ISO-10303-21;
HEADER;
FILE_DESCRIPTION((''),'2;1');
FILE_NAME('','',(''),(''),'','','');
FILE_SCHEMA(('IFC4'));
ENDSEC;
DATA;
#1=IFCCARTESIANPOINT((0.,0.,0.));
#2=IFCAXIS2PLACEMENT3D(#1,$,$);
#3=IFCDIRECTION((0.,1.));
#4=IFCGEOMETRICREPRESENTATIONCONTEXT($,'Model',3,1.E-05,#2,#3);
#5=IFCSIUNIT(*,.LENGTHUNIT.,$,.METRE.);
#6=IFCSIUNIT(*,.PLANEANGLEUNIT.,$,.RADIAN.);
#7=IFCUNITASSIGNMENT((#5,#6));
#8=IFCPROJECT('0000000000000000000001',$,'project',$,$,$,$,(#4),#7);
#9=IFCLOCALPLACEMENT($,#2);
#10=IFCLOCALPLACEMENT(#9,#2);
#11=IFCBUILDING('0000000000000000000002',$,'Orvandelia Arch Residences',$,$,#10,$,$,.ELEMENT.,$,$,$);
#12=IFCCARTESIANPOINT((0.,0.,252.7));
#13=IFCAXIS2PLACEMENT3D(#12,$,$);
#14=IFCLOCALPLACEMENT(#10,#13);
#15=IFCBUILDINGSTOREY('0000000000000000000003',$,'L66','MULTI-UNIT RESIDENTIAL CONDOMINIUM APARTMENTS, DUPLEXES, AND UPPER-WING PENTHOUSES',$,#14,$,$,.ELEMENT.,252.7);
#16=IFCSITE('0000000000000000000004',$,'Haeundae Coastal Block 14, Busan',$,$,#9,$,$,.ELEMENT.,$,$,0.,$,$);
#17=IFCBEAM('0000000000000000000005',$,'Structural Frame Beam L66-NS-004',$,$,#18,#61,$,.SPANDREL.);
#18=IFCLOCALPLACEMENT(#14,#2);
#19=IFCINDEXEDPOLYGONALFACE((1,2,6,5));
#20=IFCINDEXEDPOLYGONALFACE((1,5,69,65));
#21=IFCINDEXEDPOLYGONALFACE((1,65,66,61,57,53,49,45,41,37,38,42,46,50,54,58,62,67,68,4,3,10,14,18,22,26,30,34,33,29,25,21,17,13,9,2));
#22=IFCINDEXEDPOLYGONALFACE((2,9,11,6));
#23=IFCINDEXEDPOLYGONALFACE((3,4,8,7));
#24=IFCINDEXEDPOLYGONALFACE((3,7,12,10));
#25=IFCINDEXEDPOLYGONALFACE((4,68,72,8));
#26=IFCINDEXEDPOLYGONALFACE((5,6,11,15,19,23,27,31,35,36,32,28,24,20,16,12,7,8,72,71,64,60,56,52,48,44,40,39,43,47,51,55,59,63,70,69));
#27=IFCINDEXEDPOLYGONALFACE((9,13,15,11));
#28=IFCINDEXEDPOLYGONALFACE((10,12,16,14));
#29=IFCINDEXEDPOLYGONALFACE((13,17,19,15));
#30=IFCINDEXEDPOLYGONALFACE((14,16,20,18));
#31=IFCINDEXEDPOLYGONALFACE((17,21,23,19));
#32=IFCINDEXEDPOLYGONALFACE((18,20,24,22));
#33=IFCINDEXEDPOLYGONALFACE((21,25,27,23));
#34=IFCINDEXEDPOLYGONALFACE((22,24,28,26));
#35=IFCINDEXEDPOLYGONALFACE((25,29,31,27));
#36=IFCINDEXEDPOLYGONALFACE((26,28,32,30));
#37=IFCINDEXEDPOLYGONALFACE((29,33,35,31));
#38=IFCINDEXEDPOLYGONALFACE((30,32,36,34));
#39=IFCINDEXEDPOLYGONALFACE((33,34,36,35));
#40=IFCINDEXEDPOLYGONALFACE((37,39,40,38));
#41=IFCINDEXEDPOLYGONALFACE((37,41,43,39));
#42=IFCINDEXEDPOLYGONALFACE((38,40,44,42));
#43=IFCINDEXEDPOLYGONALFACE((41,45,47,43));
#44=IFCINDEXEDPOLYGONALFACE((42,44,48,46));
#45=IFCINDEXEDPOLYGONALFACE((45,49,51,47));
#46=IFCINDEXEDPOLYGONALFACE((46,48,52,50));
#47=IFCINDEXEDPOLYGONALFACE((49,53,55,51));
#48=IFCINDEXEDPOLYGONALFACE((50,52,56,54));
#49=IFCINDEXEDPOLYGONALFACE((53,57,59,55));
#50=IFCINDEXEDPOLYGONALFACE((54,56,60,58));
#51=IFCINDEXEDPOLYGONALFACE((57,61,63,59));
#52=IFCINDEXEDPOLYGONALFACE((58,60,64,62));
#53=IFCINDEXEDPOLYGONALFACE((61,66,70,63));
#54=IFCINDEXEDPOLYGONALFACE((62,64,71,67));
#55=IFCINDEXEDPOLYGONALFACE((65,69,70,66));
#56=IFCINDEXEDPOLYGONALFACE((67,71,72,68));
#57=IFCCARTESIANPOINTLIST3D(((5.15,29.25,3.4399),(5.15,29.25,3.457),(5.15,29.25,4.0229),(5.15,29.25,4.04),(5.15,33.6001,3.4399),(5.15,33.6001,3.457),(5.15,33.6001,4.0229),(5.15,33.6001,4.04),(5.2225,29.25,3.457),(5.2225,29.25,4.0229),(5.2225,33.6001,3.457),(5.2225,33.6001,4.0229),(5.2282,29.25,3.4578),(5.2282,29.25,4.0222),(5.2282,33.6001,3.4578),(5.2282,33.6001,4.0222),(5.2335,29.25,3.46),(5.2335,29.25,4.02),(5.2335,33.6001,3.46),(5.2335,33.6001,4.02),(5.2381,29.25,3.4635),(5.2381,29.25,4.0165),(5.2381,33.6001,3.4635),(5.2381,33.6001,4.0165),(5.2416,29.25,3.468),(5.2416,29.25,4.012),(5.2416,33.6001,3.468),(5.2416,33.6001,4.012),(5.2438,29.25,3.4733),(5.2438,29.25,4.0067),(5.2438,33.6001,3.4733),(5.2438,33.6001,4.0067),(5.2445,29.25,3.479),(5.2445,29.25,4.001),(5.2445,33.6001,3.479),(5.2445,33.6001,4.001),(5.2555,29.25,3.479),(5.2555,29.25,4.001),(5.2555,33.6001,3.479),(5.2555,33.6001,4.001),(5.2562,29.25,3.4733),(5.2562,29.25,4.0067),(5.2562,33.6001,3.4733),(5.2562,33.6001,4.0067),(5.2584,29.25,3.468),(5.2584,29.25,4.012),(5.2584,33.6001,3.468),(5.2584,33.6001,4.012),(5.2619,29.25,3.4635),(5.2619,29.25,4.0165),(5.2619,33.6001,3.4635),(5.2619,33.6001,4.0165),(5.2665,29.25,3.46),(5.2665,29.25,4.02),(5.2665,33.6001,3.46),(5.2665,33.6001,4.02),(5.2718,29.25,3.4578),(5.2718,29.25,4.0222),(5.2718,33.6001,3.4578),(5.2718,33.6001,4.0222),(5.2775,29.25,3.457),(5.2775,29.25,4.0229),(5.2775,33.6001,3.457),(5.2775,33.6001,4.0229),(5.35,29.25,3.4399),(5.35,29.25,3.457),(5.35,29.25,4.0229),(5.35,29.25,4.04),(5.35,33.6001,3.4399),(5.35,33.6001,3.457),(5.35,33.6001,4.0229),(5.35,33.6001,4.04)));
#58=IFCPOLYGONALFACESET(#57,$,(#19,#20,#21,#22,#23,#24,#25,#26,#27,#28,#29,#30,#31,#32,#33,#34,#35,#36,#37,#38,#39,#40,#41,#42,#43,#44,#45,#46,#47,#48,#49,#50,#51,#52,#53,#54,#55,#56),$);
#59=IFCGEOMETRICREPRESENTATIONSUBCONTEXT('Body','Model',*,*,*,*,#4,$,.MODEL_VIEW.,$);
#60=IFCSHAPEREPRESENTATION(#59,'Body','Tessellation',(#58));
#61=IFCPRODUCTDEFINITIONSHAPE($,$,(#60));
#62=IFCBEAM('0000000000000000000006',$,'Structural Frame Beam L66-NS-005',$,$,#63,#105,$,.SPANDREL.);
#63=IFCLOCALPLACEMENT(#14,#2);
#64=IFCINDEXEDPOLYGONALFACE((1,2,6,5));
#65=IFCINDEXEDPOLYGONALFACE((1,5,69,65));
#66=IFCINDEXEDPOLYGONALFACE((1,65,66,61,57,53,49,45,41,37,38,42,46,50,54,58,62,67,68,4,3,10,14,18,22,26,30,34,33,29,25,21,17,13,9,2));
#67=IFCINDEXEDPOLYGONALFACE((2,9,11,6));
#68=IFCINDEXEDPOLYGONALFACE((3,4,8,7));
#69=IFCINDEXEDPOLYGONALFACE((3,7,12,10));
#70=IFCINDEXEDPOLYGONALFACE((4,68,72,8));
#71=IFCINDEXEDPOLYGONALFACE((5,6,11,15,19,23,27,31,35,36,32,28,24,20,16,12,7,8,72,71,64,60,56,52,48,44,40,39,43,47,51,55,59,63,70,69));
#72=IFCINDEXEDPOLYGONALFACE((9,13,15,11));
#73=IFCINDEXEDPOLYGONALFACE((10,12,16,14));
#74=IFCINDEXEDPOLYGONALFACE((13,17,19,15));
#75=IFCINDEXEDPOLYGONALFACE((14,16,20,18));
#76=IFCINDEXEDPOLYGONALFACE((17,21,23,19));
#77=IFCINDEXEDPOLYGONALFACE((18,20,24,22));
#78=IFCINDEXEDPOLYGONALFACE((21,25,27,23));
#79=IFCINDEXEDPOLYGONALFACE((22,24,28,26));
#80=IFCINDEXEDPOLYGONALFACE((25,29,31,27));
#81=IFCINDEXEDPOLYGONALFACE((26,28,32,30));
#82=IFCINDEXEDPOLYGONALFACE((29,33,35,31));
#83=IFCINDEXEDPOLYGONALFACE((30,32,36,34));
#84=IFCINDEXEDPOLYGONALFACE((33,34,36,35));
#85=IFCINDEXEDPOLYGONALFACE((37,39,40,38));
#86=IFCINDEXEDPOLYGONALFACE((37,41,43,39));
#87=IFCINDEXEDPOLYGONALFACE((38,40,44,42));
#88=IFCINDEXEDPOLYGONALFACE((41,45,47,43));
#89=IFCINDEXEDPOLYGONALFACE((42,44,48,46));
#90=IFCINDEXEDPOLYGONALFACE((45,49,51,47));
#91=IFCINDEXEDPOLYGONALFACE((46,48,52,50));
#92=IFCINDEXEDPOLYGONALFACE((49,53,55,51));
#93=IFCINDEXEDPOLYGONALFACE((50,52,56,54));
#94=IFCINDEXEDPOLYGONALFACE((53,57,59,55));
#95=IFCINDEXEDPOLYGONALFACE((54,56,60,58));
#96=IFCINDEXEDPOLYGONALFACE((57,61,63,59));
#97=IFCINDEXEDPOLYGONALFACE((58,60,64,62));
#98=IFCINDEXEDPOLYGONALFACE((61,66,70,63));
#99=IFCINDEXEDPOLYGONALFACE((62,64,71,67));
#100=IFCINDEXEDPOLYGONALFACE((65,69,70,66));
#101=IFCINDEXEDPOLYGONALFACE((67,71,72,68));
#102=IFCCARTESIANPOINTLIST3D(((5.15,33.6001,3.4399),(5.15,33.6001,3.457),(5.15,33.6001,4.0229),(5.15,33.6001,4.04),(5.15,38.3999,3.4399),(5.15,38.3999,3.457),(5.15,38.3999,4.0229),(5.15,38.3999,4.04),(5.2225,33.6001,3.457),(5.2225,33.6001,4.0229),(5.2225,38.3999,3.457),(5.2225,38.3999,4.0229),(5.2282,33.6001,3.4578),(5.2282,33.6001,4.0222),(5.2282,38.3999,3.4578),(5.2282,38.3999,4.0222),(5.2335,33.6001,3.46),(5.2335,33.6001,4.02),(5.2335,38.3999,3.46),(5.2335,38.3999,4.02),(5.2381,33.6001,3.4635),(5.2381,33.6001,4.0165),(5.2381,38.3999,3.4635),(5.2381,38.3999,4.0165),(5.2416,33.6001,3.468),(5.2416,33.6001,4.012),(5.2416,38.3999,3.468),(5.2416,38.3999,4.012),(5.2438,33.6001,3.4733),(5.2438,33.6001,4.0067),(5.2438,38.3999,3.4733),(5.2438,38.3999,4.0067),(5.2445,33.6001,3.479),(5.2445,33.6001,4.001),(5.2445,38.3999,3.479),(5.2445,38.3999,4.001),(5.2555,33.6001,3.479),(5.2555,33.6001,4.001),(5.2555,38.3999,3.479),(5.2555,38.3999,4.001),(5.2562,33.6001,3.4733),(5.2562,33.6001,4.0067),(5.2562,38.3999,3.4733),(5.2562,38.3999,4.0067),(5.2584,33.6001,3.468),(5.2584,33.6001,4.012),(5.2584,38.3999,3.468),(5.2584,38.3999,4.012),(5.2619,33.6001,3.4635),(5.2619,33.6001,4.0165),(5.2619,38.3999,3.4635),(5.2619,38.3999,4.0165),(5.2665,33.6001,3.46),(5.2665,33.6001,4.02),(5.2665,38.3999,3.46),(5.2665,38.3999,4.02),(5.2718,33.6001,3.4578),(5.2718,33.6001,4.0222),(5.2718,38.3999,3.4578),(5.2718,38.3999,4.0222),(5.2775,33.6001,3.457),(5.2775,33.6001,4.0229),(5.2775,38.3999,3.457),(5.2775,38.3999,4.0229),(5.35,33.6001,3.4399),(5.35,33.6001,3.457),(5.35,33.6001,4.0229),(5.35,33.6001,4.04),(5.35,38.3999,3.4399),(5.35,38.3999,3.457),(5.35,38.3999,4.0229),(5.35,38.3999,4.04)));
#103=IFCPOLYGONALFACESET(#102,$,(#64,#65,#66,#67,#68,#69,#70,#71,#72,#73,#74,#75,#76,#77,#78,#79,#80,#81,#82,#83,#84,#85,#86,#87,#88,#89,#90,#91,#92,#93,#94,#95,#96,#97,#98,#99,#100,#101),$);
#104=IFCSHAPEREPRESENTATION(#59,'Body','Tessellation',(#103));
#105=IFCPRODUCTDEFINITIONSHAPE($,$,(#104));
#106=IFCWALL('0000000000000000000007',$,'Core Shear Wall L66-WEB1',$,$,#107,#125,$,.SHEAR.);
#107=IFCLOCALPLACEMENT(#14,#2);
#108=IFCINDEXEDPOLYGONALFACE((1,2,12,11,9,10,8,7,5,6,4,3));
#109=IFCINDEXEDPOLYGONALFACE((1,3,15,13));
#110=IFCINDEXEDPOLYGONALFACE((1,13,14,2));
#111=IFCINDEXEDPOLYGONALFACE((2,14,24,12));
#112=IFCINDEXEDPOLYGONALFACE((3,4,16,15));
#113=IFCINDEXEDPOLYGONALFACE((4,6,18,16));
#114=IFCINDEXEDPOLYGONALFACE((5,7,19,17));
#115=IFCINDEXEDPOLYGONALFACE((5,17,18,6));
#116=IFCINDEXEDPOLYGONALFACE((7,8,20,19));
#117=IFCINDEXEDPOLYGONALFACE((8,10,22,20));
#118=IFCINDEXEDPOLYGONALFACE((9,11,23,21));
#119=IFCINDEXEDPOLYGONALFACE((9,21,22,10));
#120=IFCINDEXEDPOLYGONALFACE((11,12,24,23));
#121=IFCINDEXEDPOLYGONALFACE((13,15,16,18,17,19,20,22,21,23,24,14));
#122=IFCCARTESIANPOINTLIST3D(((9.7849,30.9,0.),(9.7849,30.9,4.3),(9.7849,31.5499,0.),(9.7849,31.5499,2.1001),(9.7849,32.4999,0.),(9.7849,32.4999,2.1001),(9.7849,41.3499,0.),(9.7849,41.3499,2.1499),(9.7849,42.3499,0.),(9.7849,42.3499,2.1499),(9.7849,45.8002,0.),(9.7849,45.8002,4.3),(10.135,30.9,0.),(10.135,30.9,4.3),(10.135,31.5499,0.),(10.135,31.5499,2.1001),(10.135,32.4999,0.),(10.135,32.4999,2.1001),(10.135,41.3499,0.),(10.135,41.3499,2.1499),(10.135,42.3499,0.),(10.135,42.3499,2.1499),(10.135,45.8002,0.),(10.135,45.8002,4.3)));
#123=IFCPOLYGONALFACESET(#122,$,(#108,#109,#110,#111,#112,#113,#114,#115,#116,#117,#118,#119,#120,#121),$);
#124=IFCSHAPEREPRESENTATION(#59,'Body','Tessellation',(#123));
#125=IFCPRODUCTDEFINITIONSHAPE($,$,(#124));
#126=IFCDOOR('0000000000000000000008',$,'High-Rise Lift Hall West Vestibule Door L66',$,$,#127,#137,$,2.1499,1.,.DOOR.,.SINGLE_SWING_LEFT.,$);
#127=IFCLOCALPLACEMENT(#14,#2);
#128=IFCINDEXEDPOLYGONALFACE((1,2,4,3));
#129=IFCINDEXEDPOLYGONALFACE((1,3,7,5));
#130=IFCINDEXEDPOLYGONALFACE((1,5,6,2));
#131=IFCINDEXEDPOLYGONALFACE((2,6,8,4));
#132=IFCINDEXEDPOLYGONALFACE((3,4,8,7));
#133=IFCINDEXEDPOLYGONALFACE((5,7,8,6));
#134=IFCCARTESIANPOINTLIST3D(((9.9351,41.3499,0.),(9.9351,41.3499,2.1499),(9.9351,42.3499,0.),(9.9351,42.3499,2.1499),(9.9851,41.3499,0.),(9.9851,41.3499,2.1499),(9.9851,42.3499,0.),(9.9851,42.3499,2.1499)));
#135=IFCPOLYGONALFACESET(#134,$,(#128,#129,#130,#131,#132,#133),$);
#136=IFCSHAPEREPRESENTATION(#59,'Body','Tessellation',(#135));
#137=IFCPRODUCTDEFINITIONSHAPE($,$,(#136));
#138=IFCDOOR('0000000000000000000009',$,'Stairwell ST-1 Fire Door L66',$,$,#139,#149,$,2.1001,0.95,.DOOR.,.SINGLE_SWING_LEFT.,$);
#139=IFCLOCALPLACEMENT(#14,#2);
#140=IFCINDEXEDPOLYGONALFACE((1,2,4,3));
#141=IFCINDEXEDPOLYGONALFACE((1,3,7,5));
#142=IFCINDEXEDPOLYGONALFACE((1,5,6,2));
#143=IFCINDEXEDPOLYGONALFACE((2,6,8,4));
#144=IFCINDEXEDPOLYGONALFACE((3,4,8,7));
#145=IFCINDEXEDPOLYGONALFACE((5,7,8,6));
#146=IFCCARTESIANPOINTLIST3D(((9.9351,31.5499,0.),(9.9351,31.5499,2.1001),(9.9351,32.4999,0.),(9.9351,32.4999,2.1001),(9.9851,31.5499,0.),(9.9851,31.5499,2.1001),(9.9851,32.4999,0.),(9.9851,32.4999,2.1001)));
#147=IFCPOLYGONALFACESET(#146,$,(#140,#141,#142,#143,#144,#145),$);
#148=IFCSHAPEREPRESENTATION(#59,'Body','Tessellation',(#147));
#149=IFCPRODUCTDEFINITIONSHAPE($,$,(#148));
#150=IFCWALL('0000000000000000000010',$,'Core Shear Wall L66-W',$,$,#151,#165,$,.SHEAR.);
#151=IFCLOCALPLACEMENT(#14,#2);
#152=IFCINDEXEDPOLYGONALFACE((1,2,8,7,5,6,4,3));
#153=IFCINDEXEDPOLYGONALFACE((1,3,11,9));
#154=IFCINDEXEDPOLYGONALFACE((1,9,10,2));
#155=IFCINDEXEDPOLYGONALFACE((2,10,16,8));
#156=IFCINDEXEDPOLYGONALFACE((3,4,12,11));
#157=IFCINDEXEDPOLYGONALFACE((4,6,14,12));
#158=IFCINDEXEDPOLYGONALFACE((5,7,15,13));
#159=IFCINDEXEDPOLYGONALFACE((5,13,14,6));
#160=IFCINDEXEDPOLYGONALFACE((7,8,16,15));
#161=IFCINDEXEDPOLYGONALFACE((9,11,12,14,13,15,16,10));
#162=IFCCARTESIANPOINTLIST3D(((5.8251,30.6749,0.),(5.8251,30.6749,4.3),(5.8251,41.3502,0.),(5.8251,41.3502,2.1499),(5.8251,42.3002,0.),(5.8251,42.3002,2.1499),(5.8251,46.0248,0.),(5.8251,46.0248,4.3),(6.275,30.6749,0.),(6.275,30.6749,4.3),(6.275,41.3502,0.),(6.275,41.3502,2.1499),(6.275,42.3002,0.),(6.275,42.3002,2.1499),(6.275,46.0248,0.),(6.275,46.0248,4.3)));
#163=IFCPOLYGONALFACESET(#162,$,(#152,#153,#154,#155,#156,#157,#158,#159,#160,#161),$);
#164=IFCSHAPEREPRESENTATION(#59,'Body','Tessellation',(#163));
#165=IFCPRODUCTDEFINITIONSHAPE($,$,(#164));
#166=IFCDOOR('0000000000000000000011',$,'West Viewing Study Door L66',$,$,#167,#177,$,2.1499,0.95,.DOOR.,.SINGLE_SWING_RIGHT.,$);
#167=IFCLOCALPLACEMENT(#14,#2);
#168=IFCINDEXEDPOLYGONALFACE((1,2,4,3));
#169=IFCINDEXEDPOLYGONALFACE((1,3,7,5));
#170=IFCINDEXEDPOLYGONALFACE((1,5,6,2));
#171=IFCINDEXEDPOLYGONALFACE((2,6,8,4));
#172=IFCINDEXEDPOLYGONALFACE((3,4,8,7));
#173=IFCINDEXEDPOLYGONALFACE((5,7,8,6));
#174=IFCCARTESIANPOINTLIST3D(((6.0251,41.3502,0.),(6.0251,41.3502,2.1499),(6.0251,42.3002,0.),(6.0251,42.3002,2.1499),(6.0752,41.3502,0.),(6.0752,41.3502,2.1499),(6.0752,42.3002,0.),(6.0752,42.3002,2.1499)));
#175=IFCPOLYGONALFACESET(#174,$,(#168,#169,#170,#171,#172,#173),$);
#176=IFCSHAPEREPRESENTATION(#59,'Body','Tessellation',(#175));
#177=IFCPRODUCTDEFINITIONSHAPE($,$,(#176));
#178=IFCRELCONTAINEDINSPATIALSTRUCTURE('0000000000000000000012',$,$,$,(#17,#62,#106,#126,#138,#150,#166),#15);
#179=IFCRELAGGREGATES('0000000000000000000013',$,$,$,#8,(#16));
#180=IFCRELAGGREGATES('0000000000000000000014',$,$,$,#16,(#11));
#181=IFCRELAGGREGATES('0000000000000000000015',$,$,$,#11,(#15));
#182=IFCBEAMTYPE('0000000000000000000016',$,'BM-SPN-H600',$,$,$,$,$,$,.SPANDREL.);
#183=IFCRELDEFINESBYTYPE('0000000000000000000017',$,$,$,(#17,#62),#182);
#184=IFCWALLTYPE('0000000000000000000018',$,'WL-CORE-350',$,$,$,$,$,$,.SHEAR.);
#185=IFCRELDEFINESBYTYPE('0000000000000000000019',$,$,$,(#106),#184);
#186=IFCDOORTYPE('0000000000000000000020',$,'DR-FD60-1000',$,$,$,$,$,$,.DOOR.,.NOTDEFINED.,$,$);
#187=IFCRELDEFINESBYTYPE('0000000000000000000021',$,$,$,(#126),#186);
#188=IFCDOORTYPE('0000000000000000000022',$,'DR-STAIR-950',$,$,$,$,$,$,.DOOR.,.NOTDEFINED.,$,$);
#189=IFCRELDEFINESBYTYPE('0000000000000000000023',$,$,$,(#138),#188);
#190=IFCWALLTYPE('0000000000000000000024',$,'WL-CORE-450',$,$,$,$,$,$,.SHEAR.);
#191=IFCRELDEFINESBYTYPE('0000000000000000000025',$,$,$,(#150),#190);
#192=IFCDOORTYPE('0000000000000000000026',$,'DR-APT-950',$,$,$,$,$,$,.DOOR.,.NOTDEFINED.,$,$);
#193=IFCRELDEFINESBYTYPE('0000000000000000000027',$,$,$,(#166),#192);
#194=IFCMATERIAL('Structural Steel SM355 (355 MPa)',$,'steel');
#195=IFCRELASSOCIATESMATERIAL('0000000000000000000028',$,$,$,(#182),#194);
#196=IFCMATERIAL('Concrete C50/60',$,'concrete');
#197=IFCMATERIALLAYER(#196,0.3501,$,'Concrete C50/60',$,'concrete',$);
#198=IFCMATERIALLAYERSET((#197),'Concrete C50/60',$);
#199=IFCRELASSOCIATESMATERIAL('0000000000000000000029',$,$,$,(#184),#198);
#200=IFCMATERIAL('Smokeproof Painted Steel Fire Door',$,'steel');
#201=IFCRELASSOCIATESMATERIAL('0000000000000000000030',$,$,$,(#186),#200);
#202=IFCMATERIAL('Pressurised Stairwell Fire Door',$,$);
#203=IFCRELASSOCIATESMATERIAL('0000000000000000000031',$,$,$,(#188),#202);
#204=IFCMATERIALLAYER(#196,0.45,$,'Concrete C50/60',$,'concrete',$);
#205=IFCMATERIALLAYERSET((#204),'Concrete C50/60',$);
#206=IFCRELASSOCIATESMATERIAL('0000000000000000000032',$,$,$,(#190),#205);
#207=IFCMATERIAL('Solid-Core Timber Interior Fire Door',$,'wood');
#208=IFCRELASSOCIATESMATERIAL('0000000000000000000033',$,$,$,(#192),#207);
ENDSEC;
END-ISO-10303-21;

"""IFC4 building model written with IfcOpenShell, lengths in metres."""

from ifc_helpers import new_model, si_unit, direction, frame, frame_2d, origin, origin_2d, place, context, subcontext, project, spatial, rectangle, i_section, extrude, material, layer, layer_set, material_profile, profile_set, type_object, element, fill, save


model = new_model("IFC4")

# Units and contexts
model_context = context("Model", 3, precision=1e-05, world=origin(), true_north=direction((0.0, 1.0)))
body_context = subcontext(model_context, "Body", "Model", "MODEL_VIEW")
ifc_project = project(units=[si_unit("LENGTHUNIT", "METRE"), si_unit("PLANEANGLEUNIT", "RADIAN")], contexts=[model_context])

# Site, building, storey
site_placement = place(None, origin())
site = spatial("IfcSite", under=ifc_project, at=site_placement, Name="Haeundae Coastal Block 14, Busan", CompositionType="ELEMENT", RefElevation=0.0)
building_placement = place(site_placement, origin())
building = spatial("IfcBuilding", under=site, at=building_placement, Name="Orvandelia Arch Residences", CompositionType="ELEMENT")
storey_placement = place(building_placement, frame((0.0, 0.0, 252.7)))
storey = spatial("IfcBuildingStorey", under=building, at=storey_placement, Name="L66", Description="MULTI-UNIT RESIDENTIAL CONDOMINIUM APARTMENTS, DUPLEXES, AND UPPER-WING PENTHOUSES", CompositionType="ELEMENT", Elevation=252.7)

# Shared definitions
ifc_material_1 = material(Name="Concrete C50/60", Category="concrete")

# Beams
ifc_material_2 = material(Name="Structural Steel SM355 (355 MPa)", Category="steel")
ifc_material_profile_1 = material_profile(ifc_material_2, i_section(OverallWidth=0.2, OverallDepth=0.6001, WebThickness=0.011, FlangeThickness=0.0171, FilletRadius=0.022, at=origin_2d()), Name="Structural Steel SM355 (355 MPa)", Category="steel")
ifc_profile_set_1 = profile_set([ifc_material_profile_1], Name="Structural Steel SM355 (355 MPa)")
beam_type_1 = type_object("IfcBeamType", Name="BM-SPN-H600", PredefinedType="SPANDREL", material=ifc_profile_set_1)
beam_1_placement = place(storey_placement, frame((5.25, 29.25, 3.74), z_axis=(0.0, 1.0, 0.0), x_axis=(-1.0, 0.0, 0.0)))
element("IfcBeam", 1, at=beam_1_placement, inside=storey, type_object=beam_type_1, Name="Structural Frame Beam L66-NS-004", PredefinedType="SPANDREL", context=body_context, shape_type="SweptSolid", body=[
    extrude(i_section(OverallWidth=0.2, OverallDepth=0.6001, WebThickness=0.011, FlangeThickness=0.0171, FilletRadius=0.022, at=origin_2d()), origin(), (0.0, 0.0, 1.0), 4.3501),
])
beam_2_placement = place(storey_placement, frame((5.25, 33.6001, 3.74), z_axis=(0.0, 1.0, 0.0), x_axis=(-1.0, 0.0, 0.0)))
element("IfcBeam", 2, at=beam_2_placement, inside=storey, type_object=beam_type_1, Name="Structural Frame Beam L66-NS-005", PredefinedType="SPANDREL", context=body_context, shape_type="SweptSolid", body=[
    extrude(i_section(OverallWidth=0.2, OverallDepth=0.6001, WebThickness=0.011, FlangeThickness=0.0171, FilletRadius=0.022, at=origin_2d()), origin(), (0.0, 0.0, 1.0), 4.7998),
])

# Wall, openings, doors
ifc_layer_1 = layer(ifc_material_1, 0.3501, Name="Concrete C50/60", Category="concrete")
ifc_layer_set_1 = layer_set([ifc_layer_1], Name="Concrete C50/60")
wall_type_1 = type_object("IfcWallType", Name="WL-CORE-350", PredefinedType="SHEAR", material=ifc_layer_set_1)
wall_1_placement = place(storey_placement, frame((9.96, 30.8999, 0.0), z_axis=(0.0, 0.0, 1.0), x_axis=(0.0, 1.0, 0.0)))
wall_1 = element("IfcWall", 3, at=wall_1_placement, inside=storey, type_object=wall_type_1, Name="Core Shear Wall L66-WEB1", PredefinedType="SHEAR", context=body_context, shape_type="SweptSolid", body=[
    extrude(rectangle(XDim=14.9001, YDim=0.3501, at=frame_2d((7.4502, 0.0))), origin(), (0.0, 0.0, 1.0), 4.3),
])
opening_1_placement = place(wall_1_placement, frame((0.6499, 0.0, 0.0)))
opening_1 = element("IfcOpeningElement", 4, at=opening_1_placement, cuts=wall_1, PredefinedType="OPENING", context=body_context, shape_type="SweptSolid", body=[
    extrude(rectangle(XDim=0.95, YDim=2.1001, at=frame_2d((0.4751, 1.05))), frame((0.0, 0.1851, 0.0), z_axis=(0.0, -1.0, 0.0), x_axis=(1.0, 0.0, 0.0)), (0.0, 0.0, 1.0), 0.3701),
])
opening_2_placement = place(wall_1_placement, frame((10.45, 0.0, 0.0)))
opening_2 = element("IfcOpeningElement", 5, at=opening_2_placement, cuts=wall_1, PredefinedType="OPENING", context=body_context, shape_type="SweptSolid", body=[
    extrude(rectangle(XDim=1.0, YDim=2.1499, at=frame_2d((0.5, 1.075))), frame((0.0, 0.1851, 0.0), z_axis=(0.0, -1.0, 0.0), x_axis=(1.0, 0.0, 0.0)), (0.0, 0.0, 1.0), 0.3701),
])
ifc_material_3 = material(Name="Smokeproof Painted Steel Fire Door", Category="steel")
door_type_1 = type_object("IfcDoorType", Name="DR-FD60-1000", OperationType="NOTDEFINED", PredefinedType="DOOR", material=ifc_material_3)
door_1_placement = place(opening_2_placement, origin())
door_1 = element("IfcDoor", 6, at=door_1_placement, inside=storey, type_object=door_type_1, Name="High-Rise Lift Hall West Vestibule Door L66", OperationType="SINGLE_SWING_LEFT", OverallHeight=2.1499, OverallWidth=1.0, PredefinedType="DOOR", context=body_context, shape_type="SweptSolid", body=[
    extrude(rectangle(XDim=1.0, YDim=2.1499, at=frame_2d((0.5, 1.075))), frame((0.0, 0.0249, 0.0), z_axis=(0.0, -1.0, 0.0), x_axis=(1.0, 0.0, 0.0)), (0.0, 0.0, 1.0), 0.05),
])
fill(opening_2, door_1)
ifc_material_4 = material(Name="Pressurised Stairwell Fire Door")
door_type_2 = type_object("IfcDoorType", Name="DR-STAIR-950", OperationType="NOTDEFINED", PredefinedType="DOOR", material=ifc_material_4)
door_2_placement = place(opening_1_placement, origin())
door_2 = element("IfcDoor", 7, at=door_2_placement, inside=storey, type_object=door_type_2, Name="Stairwell ST-1 Fire Door L66", OperationType="SINGLE_SWING_LEFT", OverallHeight=2.1001, OverallWidth=0.95, PredefinedType="DOOR", context=body_context, shape_type="SweptSolid", body=[
    extrude(rectangle(XDim=0.95, YDim=2.1001, at=frame_2d((0.4751, 1.05))), frame((0.0, 0.0249, 0.0), z_axis=(0.0, -1.0, 0.0), x_axis=(1.0, 0.0, 0.0)), (0.0, 0.0, 1.0), 0.05),
])
fill(opening_1, door_2)

# Wall, opening, door
ifc_layer_2 = layer(ifc_material_1, 0.45, Name="Concrete C50/60", Category="concrete")
ifc_layer_set_2 = layer_set([ifc_layer_2], Name="Concrete C50/60")
wall_type_2 = type_object("IfcWallType", Name="WL-CORE-450", PredefinedType="SHEAR", material=ifc_layer_set_2)
wall_2_placement = place(storey_placement, frame((6.05, 30.675, 0.0), z_axis=(0.0, 0.0, 1.0), x_axis=(0.0, 1.0, 0.0)))
wall_2 = element("IfcWall", 8, at=wall_2_placement, inside=storey, type_object=wall_type_2, Name="Core Shear Wall L66-W", PredefinedType="SHEAR", context=body_context, shape_type="SweptSolid", body=[
    extrude(rectangle(XDim=15.3499, YDim=0.45, at=frame_2d((7.6748, 0.0))), origin(), (0.0, 0.0, 1.0), 4.3),
])
opening_3_placement = place(wall_2_placement, frame((10.675, 0.0, 0.0)))
opening_3 = element("IfcOpeningElement", 9, at=opening_3_placement, cuts=wall_2, PredefinedType="OPENING", context=body_context, shape_type="SweptSolid", body=[
    extrude(rectangle(XDim=0.95, YDim=2.1499, at=frame_2d((0.4751, 1.075))), frame((0.0, 0.2349, 0.0), z_axis=(0.0, -1.0, 0.0), x_axis=(1.0, 0.0, 0.0)), (0.0, 0.0, 1.0), 0.47),
])
ifc_material_5 = material(Name="Solid-Core Timber Interior Fire Door", Category="wood")
door_type_3 = type_object("IfcDoorType", Name="DR-APT-950", OperationType="NOTDEFINED", PredefinedType="DOOR", material=ifc_material_5)
door_3_placement = place(opening_3_placement, origin())
door_3 = element("IfcDoor", 10, at=door_3_placement, inside=storey, type_object=door_type_3, Name="West Viewing Study Door L66", OperationType="SINGLE_SWING_RIGHT", OverallHeight=2.1499, OverallWidth=0.95, PredefinedType="DOOR", context=body_context, shape_type="SweptSolid", body=[
    extrude(rectangle(XDim=0.95, YDim=2.1499, at=frame_2d((0.4751, 1.075))), frame((0.0, 0.0249, 0.0), z_axis=(0.0, -1.0, 0.0), x_axis=(1.0, 0.0, 0.0)), (0.0, 0.0, 1.0), 0.05),
])
fill(opening_3, door_3)

save(model, "model.ifc")
